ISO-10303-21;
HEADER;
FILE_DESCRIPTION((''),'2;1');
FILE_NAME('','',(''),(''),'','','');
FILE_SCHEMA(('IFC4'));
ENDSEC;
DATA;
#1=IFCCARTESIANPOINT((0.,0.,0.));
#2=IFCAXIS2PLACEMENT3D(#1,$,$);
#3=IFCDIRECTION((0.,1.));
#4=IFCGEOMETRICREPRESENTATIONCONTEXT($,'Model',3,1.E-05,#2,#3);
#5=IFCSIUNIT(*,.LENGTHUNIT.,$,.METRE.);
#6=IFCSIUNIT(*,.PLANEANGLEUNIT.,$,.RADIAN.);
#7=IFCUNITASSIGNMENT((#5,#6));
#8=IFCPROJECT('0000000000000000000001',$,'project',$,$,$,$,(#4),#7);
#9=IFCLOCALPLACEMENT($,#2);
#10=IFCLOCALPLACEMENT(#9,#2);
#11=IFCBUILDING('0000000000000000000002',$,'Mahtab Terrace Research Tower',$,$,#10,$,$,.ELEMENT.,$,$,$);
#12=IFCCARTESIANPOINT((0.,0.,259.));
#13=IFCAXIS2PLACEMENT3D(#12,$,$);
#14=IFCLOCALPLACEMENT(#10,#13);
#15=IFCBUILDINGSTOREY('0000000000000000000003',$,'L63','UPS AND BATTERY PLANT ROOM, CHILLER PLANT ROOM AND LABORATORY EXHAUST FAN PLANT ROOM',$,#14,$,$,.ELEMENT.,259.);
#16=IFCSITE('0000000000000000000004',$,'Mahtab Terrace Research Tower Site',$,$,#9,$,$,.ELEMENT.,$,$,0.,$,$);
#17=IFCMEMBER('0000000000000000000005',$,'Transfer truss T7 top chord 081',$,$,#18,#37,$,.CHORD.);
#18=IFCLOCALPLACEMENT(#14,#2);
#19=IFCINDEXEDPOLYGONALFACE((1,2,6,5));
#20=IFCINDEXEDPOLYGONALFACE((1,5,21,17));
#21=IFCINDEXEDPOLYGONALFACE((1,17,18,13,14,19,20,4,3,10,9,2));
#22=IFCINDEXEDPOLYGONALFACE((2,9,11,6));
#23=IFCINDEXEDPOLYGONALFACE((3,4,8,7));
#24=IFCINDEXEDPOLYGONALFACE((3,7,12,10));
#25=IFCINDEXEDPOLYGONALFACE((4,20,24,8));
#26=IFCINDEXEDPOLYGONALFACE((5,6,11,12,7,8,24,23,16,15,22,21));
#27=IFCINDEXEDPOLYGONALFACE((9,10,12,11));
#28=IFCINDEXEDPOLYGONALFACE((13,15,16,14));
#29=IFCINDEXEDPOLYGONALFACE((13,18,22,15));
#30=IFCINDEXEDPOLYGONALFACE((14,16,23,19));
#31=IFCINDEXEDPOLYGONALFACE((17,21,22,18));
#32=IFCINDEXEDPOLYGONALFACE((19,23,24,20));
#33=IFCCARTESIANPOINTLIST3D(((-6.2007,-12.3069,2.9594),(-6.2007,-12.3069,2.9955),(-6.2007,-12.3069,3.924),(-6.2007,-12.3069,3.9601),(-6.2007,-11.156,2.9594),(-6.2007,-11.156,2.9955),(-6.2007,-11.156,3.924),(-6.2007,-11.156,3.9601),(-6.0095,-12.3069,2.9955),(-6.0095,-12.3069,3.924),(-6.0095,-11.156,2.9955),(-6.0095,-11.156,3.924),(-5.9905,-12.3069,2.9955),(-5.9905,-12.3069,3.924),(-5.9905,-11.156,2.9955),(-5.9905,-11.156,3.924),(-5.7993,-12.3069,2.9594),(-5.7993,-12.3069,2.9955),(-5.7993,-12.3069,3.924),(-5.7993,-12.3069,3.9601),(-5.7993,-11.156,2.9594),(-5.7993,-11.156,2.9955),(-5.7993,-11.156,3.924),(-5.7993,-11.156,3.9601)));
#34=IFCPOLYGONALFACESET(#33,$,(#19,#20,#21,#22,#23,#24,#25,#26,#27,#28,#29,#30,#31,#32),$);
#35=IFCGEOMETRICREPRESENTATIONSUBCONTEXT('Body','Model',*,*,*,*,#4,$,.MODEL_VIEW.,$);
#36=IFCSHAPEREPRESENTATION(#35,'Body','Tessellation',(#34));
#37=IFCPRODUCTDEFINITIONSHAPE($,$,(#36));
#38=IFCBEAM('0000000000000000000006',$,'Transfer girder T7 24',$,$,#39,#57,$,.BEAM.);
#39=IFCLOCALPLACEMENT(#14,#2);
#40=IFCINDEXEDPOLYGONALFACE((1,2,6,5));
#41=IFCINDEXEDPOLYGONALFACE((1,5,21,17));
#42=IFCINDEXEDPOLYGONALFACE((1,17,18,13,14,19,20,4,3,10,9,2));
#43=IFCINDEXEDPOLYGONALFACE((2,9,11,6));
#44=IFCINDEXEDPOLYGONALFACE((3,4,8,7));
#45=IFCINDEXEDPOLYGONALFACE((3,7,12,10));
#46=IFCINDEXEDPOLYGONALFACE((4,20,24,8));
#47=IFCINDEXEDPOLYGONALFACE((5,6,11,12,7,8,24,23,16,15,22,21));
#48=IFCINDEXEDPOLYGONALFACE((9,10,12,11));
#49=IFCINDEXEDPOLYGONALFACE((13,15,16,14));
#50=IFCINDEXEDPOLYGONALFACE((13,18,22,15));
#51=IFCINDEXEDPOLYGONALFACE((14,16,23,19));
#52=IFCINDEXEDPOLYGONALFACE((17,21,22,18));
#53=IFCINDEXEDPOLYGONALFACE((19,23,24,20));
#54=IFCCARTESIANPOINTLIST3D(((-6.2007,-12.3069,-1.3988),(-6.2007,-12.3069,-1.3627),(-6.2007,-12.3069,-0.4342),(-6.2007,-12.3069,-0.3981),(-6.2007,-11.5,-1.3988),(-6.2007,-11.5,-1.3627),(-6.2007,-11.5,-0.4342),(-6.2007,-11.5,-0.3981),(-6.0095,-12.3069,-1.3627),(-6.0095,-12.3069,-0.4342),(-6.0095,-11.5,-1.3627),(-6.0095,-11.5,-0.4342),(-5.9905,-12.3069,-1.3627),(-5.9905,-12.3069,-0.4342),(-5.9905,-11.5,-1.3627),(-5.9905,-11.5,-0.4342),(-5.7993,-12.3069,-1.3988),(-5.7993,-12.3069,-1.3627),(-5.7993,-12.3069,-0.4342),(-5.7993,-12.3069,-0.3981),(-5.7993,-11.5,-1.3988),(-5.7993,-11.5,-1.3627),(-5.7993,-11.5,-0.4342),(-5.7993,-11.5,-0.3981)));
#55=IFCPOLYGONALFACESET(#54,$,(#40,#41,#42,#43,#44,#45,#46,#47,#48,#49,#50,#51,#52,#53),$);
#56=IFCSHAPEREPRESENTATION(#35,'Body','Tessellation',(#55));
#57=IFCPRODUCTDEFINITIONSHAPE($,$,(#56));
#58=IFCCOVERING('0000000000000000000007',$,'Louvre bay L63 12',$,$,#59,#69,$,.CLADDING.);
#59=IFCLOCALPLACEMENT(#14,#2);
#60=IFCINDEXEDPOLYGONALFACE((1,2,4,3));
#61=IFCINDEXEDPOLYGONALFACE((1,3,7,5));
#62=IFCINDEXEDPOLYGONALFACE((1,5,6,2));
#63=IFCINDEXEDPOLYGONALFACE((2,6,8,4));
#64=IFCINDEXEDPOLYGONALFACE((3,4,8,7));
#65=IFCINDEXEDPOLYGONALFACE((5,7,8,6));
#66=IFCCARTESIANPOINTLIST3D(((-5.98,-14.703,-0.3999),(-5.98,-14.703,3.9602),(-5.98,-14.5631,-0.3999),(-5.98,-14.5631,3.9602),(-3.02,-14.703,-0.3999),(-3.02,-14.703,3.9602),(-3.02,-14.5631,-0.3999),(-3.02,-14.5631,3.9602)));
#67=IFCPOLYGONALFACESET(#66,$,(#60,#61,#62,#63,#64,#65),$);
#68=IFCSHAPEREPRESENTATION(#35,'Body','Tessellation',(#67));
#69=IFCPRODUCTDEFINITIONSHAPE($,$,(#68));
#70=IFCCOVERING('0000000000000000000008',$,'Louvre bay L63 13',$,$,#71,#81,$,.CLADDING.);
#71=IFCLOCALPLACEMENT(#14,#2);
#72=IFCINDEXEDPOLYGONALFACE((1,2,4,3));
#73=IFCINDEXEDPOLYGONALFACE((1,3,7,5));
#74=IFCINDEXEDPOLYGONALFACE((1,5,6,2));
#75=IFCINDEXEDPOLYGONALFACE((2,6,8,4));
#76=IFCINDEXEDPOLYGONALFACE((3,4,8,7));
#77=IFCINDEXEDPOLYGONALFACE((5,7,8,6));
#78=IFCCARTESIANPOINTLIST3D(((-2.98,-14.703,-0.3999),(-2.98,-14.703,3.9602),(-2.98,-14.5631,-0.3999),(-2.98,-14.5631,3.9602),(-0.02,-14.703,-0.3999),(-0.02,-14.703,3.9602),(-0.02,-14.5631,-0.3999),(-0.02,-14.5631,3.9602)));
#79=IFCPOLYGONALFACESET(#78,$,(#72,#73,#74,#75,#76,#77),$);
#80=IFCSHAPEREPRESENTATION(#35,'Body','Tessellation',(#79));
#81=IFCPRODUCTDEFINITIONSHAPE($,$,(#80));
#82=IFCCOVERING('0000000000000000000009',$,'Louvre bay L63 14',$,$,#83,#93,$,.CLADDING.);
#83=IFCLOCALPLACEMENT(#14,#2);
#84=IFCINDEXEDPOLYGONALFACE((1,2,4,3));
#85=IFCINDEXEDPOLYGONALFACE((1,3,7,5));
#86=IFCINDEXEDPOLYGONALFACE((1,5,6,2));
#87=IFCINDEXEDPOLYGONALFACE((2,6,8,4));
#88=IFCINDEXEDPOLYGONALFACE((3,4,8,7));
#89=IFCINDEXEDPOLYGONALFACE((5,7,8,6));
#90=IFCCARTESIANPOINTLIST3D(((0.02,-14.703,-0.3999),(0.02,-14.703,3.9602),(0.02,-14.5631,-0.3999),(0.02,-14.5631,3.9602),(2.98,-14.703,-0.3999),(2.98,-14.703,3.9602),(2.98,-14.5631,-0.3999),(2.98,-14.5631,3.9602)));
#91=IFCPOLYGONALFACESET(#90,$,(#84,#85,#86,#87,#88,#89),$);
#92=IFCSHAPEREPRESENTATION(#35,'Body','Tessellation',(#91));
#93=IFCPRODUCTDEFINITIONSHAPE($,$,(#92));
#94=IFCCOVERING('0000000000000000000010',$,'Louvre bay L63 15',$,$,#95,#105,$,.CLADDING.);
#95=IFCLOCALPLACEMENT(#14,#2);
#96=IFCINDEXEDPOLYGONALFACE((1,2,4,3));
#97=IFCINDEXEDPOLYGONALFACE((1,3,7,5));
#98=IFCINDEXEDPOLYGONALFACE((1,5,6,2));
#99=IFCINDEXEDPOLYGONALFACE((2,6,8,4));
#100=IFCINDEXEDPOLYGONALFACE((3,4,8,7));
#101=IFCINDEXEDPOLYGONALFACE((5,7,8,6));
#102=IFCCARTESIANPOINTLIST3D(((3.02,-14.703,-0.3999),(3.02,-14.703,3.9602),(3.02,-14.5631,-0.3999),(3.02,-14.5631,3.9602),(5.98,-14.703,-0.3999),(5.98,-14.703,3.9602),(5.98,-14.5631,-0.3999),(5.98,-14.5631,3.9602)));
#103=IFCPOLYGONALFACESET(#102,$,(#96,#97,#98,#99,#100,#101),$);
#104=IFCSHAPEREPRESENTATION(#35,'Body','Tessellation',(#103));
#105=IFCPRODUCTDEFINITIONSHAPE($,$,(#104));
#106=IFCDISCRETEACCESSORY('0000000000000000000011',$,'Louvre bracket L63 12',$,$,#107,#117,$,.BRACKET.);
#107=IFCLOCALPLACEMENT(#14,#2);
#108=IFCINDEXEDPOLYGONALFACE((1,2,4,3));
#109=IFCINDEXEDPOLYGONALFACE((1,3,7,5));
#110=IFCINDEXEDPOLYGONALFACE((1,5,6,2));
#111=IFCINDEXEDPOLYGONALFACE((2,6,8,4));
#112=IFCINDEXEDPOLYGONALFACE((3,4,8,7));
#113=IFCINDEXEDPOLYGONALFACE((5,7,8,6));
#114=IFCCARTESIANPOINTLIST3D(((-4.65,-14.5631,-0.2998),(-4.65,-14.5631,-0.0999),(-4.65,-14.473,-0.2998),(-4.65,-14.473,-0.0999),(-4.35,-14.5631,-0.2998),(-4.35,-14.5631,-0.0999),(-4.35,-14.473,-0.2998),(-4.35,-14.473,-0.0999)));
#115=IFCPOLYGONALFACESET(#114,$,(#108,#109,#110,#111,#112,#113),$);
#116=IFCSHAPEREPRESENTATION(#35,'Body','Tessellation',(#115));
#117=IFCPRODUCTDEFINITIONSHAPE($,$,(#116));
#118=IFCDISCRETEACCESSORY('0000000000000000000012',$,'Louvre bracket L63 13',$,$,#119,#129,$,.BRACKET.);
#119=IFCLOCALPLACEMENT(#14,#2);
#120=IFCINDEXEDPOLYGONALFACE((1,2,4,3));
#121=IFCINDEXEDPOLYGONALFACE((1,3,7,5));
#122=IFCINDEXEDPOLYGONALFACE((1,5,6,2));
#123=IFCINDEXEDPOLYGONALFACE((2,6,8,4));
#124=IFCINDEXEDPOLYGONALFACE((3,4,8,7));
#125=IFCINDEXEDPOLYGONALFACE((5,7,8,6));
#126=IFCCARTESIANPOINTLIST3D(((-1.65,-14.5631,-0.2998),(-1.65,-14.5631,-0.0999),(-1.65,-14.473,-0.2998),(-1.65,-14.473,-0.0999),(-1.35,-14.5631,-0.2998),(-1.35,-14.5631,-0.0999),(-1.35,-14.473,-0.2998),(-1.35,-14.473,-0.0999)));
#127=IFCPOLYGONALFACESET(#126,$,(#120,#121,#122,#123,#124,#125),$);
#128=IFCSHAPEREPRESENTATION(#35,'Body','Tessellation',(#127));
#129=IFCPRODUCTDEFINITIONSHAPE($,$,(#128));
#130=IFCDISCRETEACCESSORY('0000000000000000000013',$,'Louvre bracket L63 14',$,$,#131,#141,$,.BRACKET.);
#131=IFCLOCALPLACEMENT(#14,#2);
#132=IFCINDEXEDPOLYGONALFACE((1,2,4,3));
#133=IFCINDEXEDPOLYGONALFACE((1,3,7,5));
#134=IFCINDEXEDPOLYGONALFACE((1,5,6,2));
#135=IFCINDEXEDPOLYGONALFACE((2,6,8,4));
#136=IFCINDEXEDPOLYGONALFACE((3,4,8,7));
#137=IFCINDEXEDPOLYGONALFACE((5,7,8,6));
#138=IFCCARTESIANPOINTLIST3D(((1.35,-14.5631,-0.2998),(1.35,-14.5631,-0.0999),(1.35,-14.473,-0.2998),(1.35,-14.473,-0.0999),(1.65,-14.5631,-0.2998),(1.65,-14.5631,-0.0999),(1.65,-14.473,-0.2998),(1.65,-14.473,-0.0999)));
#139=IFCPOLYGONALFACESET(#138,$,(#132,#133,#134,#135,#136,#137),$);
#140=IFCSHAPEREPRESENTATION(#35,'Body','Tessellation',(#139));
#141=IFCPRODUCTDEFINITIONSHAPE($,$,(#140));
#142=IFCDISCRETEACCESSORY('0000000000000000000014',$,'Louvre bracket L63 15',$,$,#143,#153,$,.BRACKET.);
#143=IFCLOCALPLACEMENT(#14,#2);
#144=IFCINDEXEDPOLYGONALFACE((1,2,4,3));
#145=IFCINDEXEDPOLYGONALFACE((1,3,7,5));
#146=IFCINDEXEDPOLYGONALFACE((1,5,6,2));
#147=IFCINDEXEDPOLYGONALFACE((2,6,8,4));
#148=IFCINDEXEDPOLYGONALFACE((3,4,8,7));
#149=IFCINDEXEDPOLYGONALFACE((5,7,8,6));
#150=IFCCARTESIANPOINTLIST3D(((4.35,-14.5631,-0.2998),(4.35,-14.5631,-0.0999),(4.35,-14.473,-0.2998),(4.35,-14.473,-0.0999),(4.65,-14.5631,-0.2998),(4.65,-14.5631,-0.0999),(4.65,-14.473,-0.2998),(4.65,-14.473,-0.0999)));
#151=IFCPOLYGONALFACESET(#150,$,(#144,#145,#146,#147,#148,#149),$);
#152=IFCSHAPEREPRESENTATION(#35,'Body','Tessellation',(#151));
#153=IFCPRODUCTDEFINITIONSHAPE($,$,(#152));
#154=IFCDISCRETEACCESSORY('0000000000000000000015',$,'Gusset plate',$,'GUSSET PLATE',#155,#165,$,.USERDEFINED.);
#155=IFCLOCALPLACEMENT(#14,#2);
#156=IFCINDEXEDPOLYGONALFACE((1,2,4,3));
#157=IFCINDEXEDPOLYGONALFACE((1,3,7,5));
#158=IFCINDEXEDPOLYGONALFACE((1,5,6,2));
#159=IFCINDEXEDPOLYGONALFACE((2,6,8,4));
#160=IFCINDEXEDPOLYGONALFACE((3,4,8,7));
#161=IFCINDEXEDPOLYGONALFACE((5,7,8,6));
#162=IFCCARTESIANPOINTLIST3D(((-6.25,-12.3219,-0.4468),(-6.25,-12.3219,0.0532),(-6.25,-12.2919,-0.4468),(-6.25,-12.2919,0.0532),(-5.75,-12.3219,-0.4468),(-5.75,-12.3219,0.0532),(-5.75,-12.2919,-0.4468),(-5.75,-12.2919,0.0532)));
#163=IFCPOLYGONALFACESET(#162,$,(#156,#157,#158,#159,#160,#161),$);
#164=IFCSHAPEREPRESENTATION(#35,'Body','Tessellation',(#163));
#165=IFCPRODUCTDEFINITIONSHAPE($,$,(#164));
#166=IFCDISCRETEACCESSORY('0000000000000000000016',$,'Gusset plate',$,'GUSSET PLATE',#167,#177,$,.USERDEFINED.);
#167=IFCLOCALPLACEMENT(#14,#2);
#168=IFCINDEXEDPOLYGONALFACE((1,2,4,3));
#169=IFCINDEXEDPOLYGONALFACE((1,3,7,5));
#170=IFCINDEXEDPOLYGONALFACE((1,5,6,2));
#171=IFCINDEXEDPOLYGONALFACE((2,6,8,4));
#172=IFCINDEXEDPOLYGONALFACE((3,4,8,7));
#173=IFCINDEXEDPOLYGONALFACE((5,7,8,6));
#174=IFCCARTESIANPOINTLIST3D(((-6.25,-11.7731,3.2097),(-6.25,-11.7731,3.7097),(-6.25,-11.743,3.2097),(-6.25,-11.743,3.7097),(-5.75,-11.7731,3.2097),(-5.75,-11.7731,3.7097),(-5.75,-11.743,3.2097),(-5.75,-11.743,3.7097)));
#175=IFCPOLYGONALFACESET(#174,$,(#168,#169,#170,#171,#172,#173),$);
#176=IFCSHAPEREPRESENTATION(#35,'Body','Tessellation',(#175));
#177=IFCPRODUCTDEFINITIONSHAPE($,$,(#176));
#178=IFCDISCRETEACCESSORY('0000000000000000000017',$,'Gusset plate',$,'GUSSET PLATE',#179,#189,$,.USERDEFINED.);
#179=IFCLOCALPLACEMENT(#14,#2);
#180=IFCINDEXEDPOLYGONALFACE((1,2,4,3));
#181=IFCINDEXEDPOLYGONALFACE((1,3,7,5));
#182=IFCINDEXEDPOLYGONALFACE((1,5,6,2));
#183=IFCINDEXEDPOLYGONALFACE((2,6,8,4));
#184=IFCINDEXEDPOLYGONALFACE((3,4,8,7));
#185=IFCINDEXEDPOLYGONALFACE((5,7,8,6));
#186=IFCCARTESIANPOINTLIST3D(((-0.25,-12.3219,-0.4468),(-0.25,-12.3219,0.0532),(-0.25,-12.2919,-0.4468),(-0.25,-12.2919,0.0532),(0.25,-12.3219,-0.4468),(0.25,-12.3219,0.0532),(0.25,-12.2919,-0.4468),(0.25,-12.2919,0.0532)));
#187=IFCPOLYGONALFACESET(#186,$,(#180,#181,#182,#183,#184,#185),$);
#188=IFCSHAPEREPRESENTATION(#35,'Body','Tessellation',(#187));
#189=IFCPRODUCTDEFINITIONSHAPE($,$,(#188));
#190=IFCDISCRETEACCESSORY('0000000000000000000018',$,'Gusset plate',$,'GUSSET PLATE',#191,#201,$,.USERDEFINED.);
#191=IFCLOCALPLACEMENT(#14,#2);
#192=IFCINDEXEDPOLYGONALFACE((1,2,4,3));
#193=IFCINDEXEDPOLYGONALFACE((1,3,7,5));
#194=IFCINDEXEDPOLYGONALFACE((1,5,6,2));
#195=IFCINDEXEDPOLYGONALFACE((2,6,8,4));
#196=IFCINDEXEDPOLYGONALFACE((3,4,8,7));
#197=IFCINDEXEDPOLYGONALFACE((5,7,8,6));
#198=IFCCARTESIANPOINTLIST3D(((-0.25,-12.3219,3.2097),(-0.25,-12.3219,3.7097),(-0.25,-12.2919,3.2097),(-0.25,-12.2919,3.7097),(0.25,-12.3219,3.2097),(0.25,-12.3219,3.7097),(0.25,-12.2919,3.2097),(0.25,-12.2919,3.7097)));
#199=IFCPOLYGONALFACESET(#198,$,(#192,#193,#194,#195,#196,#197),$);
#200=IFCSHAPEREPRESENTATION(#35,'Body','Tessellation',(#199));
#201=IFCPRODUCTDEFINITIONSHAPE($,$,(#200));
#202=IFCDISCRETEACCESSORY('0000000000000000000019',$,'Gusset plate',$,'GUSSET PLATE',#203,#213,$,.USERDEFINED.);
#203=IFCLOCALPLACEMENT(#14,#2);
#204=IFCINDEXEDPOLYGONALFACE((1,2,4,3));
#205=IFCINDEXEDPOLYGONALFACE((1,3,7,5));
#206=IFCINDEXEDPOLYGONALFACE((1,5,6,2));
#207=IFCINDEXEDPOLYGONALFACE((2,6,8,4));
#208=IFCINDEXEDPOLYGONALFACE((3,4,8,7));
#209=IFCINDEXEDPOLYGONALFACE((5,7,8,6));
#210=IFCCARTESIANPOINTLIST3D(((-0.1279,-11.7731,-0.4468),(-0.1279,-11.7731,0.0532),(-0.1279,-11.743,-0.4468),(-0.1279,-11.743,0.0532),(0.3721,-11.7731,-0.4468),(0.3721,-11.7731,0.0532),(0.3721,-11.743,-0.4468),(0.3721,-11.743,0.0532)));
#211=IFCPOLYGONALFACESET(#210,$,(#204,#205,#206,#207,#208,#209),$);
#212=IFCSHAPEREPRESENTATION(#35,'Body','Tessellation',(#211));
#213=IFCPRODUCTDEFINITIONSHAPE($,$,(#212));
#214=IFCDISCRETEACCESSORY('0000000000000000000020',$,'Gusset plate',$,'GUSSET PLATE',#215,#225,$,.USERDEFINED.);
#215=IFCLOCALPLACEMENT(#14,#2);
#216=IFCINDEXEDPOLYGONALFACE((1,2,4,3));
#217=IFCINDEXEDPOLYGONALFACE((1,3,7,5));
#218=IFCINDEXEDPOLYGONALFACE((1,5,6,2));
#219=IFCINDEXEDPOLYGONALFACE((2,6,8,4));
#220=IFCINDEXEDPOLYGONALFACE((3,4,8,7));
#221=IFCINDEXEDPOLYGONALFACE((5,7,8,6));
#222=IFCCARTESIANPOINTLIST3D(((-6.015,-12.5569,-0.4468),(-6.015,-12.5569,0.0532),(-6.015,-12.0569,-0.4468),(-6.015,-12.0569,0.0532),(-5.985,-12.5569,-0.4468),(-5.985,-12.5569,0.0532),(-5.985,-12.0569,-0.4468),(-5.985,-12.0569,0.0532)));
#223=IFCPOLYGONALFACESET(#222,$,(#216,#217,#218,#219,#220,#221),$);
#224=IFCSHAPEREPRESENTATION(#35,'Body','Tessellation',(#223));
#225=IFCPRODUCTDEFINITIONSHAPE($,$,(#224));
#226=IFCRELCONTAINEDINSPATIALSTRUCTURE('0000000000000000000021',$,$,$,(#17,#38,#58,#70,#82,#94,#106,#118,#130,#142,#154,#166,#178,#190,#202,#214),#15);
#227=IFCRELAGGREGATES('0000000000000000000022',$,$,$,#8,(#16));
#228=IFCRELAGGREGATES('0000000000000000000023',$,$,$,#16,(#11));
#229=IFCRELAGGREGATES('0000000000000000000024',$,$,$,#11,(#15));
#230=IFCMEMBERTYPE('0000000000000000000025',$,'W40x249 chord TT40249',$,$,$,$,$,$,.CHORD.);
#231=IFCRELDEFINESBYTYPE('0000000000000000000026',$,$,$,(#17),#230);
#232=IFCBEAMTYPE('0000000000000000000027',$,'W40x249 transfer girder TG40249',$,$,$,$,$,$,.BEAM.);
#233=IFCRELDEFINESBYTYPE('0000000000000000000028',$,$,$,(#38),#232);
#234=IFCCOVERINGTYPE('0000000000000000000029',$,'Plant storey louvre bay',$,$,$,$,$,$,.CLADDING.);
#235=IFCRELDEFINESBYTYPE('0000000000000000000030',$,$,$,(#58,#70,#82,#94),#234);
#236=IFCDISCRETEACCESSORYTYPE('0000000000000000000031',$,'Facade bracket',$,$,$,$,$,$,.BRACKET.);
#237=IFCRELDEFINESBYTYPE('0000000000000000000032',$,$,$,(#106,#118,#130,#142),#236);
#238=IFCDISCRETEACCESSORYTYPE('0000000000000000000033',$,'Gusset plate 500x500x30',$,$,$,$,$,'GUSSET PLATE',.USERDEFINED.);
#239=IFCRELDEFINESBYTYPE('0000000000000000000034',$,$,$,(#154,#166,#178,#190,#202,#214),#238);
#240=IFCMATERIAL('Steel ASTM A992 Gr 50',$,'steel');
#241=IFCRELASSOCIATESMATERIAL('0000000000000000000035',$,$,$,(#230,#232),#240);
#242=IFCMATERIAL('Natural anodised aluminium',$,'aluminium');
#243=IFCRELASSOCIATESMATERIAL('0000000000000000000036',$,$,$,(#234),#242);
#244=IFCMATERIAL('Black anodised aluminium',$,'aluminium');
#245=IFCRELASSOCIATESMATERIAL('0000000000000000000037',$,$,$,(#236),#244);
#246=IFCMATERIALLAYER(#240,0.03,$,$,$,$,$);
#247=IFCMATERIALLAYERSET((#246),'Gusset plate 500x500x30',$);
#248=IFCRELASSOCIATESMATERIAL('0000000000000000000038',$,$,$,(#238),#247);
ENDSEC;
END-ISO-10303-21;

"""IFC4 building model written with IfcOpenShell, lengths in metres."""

from ifc_helpers import new_model, si_unit, direction, frame, origin, origin_2d, place, context, subcontext, project, spatial, rectangle, i_section, extrude, material, layer, layer_set, material_profile, profile_set, type_object, element, save


model = new_model("IFC4")

# Units and contexts
model_context = context("Model", 3, precision=1e-05, world=origin(), true_north=direction((0.0, 1.0)))
body_context = subcontext(model_context, "Body", "Model", "MODEL_VIEW")
ifc_project = project(units=[si_unit("LENGTHUNIT", "METRE"), si_unit("PLANEANGLEUNIT", "RADIAN")], contexts=[model_context])

# Site, building, storey
site_placement = place(None, origin())
site = spatial("IfcSite", under=ifc_project, at=site_placement, Name="Mahtab Terrace Research Tower Site", CompositionType="ELEMENT", RefElevation=0.0)
building_placement = place(site_placement, origin())
building = spatial("IfcBuilding", under=site, at=building_placement, Name="Mahtab Terrace Research Tower", CompositionType="ELEMENT")
storey_placement = place(building_placement, frame((0.0, 0.0, 259.0)))
storey = spatial("IfcBuildingStorey", under=building, at=storey_placement, Name="L63", Description="UPS AND BATTERY PLANT ROOM, CHILLER PLANT ROOM AND LABORATORY EXHAUST FAN PLANT ROOM", CompositionType="ELEMENT", Elevation=259.0)

# Shared definitions
ifc_material_1 = material(Name="Steel ASTM A992 Gr 50", Category="steel")

# Member
ifc_material_profile_1 = material_profile(ifc_material_1, i_section(OverallWidth=0.4014, OverallDepth=1.0007, WebThickness=0.019, FlangeThickness=0.0361, at=origin_2d()), Name="W40X249")
ifc_profile_set_1 = profile_set([ifc_material_profile_1], Name="Steel ASTM A992 Gr 50")
member_type_1 = type_object("IfcMemberType", Name="W40x249 chord TT40249", PredefinedType="CHORD", material=ifc_profile_set_1)
member_1_placement = place(storey_placement, frame((-6.0, -12.3069, 3.4597), z_axis=(0.0, 1.0, 0.0), x_axis=(-1.0, 0.0, 0.0)))
element("IfcMember", 1, at=member_1_placement, inside=storey, type_object=member_type_1, Name="Transfer truss T7 top chord 081", PredefinedType="CHORD", context=body_context, shape_type="SweptSolid", body=[
    extrude(i_section(OverallWidth=0.4014, OverallDepth=1.0007, WebThickness=0.019, FlangeThickness=0.0361, at=origin_2d()), origin(), (0.0, 0.0, 1.0), 1.1509),
])

# Beam
ifc_material_profile_2 = material_profile(ifc_material_1, i_section(OverallWidth=0.4014, OverallDepth=1.0007, WebThickness=0.019, FlangeThickness=0.0361, at=origin_2d()), Name="W40X249")
ifc_profile_set_2 = profile_set([ifc_material_profile_2], Name="Steel ASTM A992 Gr 50")
beam_type = type_object("IfcBeamType", Name="W40x249 transfer girder TG40249", PredefinedType="BEAM", material=ifc_profile_set_2)
beam_placement = place(storey_placement, frame((-6.0, -12.3069, -0.8984), z_axis=(0.0, 1.0, 0.0), x_axis=(-1.0, 0.0, 0.0)))
element("IfcBeam", 2, at=beam_placement, inside=storey, type_object=beam_type, Name="Transfer girder T7 24", PredefinedType="BEAM", context=body_context, shape_type="SweptSolid", body=[
    extrude(i_section(OverallWidth=0.4014, OverallDepth=1.0007, WebThickness=0.019, FlangeThickness=0.0361, at=origin_2d()), origin(), (0.0, 0.0, 1.0), 0.8069),
])

# Coverings
ifc_material_2 = material(Name="Natural anodised aluminium", Category="aluminium")
covering_type = type_object("IfcCoveringType", Name="Plant storey louvre bay", PredefinedType="CLADDING", material=ifc_material_2)
for number, where, z_axis, x_axis, name in (
    (3, (-4.5, -14.6331, -0.3999), (0.0, 0.0, 1.0), (1.0, 0.0, 0.0), "Louvre bay L63 12"),
    (4, (-1.5, -14.6331, -0.3999), (0.0, 0.0, 1.0), (1.0, 0.0, 0.0), "Louvre bay L63 13"),
    (5, (1.5, -14.6331, -0.3999), (0.0, 0.0, 1.0), (1.0, 0.0, 0.0), "Louvre bay L63 14"),
    (6, (4.5, -14.6331, -0.3999), (0.0, 0.0, 1.0), (1.0, 0.0, 0.0), "Louvre bay L63 15"),
):
    element("IfcCovering", number, at=place(storey_placement, frame(where, z_axis=z_axis, x_axis=x_axis)), inside=storey, type_object=covering_type, Name=name, PredefinedType="CLADDING", context=body_context, shape_type="SweptSolid", body=[
        extrude(rectangle(XDim=2.96, YDim=0.1399, at=origin_2d()), origin(), (0.0, 0.0, 1.0), 4.3601),
    ])

# Discrete accessories
ifc_material_3 = material(Name="Black anodised aluminium", Category="aluminium")
discrete_accessory_type_1 = type_object("IfcDiscreteAccessoryType", Name="Facade bracket", PredefinedType="BRACKET", material=ifc_material_3)
for number, where, z_axis, x_axis, name in (
    (7, (-4.5, -14.5181, -0.2998), (0.0, 0.0, 1.0), (1.0, 0.0, 0.0), "Louvre bracket L63 12"),
    (8, (-1.5, -14.5181, -0.2998), (0.0, 0.0, 1.0), (1.0, 0.0, 0.0), "Louvre bracket L63 13"),
    (9, (1.5, -14.5181, -0.2998), (0.0, 0.0, 1.0), (1.0, 0.0, 0.0), "Louvre bracket L63 14"),
    (10, (4.5, -14.5181, -0.2998), (0.0, 0.0, 1.0), (1.0, 0.0, 0.0), "Louvre bracket L63 15"),
):
    element("IfcDiscreteAccessory", number, at=place(storey_placement, frame(where, z_axis=z_axis, x_axis=x_axis)), inside=storey, type_object=discrete_accessory_type_1, Name=name, PredefinedType="BRACKET", context=body_context, shape_type="SweptSolid", body=[
        extrude(rectangle(XDim=0.3, YDim=0.0901, at=origin_2d()), origin(), (0.0, 0.0, 1.0), 0.2),
    ])
ifc_layer = layer(ifc_material_1, 0.03)
ifc_layer_set = layer_set([ifc_layer], Name="Gusset plate 500x500x30")
discrete_accessory_type_2 = type_object("IfcDiscreteAccessoryType", Name="Gusset plate 500x500x30", ElementType="GUSSET PLATE", PredefinedType="USERDEFINED", material=ifc_layer_set)
for number, where, z_axis, x_axis, name in (
    (11, (-6.0, -12.3069, -0.4468), (0.0, 0.0, 1.0), (1.0, 0.0, 0.0), "Gusset plate"),
    (12, (-6.0, -11.7581, 3.2097), (0.0, 0.0, 1.0), (1.0, 0.0, 0.0), "Gusset plate"),
    (13, (0.0, -12.3069, -0.4468), (0.0, 0.0, 1.0), (1.0, 0.0, 0.0), "Gusset plate"),
    (14, (0.0, -12.3069, 3.2097), (0.0, 0.0, 1.0), (1.0, 0.0, 0.0), "Gusset plate"),
    (15, (0.1221, -11.7581, -0.4468), (0.0, 0.0, 1.0), (1.0, 0.0, 0.0), "Gusset plate"),
    (16, (-6.0, -12.3069, -0.4468), (0.0, 0.0, 1.0), (0.0, 1.0, 0.0), "Gusset plate"),
):
    element("IfcDiscreteAccessory", number, at=place(storey_placement, frame(where, z_axis=z_axis, x_axis=x_axis)), inside=storey, type_object=discrete_accessory_type_2, Name=name, ObjectType="GUSSET PLATE", PredefinedType="USERDEFINED", context=body_context, shape_type="SweptSolid", body=[
        extrude(rectangle(XDim=0.5, YDim=0.03, at=origin_2d()), origin(), (0.0, 0.0, 1.0), 0.5),
    ])

save(model, "model.ifc")
